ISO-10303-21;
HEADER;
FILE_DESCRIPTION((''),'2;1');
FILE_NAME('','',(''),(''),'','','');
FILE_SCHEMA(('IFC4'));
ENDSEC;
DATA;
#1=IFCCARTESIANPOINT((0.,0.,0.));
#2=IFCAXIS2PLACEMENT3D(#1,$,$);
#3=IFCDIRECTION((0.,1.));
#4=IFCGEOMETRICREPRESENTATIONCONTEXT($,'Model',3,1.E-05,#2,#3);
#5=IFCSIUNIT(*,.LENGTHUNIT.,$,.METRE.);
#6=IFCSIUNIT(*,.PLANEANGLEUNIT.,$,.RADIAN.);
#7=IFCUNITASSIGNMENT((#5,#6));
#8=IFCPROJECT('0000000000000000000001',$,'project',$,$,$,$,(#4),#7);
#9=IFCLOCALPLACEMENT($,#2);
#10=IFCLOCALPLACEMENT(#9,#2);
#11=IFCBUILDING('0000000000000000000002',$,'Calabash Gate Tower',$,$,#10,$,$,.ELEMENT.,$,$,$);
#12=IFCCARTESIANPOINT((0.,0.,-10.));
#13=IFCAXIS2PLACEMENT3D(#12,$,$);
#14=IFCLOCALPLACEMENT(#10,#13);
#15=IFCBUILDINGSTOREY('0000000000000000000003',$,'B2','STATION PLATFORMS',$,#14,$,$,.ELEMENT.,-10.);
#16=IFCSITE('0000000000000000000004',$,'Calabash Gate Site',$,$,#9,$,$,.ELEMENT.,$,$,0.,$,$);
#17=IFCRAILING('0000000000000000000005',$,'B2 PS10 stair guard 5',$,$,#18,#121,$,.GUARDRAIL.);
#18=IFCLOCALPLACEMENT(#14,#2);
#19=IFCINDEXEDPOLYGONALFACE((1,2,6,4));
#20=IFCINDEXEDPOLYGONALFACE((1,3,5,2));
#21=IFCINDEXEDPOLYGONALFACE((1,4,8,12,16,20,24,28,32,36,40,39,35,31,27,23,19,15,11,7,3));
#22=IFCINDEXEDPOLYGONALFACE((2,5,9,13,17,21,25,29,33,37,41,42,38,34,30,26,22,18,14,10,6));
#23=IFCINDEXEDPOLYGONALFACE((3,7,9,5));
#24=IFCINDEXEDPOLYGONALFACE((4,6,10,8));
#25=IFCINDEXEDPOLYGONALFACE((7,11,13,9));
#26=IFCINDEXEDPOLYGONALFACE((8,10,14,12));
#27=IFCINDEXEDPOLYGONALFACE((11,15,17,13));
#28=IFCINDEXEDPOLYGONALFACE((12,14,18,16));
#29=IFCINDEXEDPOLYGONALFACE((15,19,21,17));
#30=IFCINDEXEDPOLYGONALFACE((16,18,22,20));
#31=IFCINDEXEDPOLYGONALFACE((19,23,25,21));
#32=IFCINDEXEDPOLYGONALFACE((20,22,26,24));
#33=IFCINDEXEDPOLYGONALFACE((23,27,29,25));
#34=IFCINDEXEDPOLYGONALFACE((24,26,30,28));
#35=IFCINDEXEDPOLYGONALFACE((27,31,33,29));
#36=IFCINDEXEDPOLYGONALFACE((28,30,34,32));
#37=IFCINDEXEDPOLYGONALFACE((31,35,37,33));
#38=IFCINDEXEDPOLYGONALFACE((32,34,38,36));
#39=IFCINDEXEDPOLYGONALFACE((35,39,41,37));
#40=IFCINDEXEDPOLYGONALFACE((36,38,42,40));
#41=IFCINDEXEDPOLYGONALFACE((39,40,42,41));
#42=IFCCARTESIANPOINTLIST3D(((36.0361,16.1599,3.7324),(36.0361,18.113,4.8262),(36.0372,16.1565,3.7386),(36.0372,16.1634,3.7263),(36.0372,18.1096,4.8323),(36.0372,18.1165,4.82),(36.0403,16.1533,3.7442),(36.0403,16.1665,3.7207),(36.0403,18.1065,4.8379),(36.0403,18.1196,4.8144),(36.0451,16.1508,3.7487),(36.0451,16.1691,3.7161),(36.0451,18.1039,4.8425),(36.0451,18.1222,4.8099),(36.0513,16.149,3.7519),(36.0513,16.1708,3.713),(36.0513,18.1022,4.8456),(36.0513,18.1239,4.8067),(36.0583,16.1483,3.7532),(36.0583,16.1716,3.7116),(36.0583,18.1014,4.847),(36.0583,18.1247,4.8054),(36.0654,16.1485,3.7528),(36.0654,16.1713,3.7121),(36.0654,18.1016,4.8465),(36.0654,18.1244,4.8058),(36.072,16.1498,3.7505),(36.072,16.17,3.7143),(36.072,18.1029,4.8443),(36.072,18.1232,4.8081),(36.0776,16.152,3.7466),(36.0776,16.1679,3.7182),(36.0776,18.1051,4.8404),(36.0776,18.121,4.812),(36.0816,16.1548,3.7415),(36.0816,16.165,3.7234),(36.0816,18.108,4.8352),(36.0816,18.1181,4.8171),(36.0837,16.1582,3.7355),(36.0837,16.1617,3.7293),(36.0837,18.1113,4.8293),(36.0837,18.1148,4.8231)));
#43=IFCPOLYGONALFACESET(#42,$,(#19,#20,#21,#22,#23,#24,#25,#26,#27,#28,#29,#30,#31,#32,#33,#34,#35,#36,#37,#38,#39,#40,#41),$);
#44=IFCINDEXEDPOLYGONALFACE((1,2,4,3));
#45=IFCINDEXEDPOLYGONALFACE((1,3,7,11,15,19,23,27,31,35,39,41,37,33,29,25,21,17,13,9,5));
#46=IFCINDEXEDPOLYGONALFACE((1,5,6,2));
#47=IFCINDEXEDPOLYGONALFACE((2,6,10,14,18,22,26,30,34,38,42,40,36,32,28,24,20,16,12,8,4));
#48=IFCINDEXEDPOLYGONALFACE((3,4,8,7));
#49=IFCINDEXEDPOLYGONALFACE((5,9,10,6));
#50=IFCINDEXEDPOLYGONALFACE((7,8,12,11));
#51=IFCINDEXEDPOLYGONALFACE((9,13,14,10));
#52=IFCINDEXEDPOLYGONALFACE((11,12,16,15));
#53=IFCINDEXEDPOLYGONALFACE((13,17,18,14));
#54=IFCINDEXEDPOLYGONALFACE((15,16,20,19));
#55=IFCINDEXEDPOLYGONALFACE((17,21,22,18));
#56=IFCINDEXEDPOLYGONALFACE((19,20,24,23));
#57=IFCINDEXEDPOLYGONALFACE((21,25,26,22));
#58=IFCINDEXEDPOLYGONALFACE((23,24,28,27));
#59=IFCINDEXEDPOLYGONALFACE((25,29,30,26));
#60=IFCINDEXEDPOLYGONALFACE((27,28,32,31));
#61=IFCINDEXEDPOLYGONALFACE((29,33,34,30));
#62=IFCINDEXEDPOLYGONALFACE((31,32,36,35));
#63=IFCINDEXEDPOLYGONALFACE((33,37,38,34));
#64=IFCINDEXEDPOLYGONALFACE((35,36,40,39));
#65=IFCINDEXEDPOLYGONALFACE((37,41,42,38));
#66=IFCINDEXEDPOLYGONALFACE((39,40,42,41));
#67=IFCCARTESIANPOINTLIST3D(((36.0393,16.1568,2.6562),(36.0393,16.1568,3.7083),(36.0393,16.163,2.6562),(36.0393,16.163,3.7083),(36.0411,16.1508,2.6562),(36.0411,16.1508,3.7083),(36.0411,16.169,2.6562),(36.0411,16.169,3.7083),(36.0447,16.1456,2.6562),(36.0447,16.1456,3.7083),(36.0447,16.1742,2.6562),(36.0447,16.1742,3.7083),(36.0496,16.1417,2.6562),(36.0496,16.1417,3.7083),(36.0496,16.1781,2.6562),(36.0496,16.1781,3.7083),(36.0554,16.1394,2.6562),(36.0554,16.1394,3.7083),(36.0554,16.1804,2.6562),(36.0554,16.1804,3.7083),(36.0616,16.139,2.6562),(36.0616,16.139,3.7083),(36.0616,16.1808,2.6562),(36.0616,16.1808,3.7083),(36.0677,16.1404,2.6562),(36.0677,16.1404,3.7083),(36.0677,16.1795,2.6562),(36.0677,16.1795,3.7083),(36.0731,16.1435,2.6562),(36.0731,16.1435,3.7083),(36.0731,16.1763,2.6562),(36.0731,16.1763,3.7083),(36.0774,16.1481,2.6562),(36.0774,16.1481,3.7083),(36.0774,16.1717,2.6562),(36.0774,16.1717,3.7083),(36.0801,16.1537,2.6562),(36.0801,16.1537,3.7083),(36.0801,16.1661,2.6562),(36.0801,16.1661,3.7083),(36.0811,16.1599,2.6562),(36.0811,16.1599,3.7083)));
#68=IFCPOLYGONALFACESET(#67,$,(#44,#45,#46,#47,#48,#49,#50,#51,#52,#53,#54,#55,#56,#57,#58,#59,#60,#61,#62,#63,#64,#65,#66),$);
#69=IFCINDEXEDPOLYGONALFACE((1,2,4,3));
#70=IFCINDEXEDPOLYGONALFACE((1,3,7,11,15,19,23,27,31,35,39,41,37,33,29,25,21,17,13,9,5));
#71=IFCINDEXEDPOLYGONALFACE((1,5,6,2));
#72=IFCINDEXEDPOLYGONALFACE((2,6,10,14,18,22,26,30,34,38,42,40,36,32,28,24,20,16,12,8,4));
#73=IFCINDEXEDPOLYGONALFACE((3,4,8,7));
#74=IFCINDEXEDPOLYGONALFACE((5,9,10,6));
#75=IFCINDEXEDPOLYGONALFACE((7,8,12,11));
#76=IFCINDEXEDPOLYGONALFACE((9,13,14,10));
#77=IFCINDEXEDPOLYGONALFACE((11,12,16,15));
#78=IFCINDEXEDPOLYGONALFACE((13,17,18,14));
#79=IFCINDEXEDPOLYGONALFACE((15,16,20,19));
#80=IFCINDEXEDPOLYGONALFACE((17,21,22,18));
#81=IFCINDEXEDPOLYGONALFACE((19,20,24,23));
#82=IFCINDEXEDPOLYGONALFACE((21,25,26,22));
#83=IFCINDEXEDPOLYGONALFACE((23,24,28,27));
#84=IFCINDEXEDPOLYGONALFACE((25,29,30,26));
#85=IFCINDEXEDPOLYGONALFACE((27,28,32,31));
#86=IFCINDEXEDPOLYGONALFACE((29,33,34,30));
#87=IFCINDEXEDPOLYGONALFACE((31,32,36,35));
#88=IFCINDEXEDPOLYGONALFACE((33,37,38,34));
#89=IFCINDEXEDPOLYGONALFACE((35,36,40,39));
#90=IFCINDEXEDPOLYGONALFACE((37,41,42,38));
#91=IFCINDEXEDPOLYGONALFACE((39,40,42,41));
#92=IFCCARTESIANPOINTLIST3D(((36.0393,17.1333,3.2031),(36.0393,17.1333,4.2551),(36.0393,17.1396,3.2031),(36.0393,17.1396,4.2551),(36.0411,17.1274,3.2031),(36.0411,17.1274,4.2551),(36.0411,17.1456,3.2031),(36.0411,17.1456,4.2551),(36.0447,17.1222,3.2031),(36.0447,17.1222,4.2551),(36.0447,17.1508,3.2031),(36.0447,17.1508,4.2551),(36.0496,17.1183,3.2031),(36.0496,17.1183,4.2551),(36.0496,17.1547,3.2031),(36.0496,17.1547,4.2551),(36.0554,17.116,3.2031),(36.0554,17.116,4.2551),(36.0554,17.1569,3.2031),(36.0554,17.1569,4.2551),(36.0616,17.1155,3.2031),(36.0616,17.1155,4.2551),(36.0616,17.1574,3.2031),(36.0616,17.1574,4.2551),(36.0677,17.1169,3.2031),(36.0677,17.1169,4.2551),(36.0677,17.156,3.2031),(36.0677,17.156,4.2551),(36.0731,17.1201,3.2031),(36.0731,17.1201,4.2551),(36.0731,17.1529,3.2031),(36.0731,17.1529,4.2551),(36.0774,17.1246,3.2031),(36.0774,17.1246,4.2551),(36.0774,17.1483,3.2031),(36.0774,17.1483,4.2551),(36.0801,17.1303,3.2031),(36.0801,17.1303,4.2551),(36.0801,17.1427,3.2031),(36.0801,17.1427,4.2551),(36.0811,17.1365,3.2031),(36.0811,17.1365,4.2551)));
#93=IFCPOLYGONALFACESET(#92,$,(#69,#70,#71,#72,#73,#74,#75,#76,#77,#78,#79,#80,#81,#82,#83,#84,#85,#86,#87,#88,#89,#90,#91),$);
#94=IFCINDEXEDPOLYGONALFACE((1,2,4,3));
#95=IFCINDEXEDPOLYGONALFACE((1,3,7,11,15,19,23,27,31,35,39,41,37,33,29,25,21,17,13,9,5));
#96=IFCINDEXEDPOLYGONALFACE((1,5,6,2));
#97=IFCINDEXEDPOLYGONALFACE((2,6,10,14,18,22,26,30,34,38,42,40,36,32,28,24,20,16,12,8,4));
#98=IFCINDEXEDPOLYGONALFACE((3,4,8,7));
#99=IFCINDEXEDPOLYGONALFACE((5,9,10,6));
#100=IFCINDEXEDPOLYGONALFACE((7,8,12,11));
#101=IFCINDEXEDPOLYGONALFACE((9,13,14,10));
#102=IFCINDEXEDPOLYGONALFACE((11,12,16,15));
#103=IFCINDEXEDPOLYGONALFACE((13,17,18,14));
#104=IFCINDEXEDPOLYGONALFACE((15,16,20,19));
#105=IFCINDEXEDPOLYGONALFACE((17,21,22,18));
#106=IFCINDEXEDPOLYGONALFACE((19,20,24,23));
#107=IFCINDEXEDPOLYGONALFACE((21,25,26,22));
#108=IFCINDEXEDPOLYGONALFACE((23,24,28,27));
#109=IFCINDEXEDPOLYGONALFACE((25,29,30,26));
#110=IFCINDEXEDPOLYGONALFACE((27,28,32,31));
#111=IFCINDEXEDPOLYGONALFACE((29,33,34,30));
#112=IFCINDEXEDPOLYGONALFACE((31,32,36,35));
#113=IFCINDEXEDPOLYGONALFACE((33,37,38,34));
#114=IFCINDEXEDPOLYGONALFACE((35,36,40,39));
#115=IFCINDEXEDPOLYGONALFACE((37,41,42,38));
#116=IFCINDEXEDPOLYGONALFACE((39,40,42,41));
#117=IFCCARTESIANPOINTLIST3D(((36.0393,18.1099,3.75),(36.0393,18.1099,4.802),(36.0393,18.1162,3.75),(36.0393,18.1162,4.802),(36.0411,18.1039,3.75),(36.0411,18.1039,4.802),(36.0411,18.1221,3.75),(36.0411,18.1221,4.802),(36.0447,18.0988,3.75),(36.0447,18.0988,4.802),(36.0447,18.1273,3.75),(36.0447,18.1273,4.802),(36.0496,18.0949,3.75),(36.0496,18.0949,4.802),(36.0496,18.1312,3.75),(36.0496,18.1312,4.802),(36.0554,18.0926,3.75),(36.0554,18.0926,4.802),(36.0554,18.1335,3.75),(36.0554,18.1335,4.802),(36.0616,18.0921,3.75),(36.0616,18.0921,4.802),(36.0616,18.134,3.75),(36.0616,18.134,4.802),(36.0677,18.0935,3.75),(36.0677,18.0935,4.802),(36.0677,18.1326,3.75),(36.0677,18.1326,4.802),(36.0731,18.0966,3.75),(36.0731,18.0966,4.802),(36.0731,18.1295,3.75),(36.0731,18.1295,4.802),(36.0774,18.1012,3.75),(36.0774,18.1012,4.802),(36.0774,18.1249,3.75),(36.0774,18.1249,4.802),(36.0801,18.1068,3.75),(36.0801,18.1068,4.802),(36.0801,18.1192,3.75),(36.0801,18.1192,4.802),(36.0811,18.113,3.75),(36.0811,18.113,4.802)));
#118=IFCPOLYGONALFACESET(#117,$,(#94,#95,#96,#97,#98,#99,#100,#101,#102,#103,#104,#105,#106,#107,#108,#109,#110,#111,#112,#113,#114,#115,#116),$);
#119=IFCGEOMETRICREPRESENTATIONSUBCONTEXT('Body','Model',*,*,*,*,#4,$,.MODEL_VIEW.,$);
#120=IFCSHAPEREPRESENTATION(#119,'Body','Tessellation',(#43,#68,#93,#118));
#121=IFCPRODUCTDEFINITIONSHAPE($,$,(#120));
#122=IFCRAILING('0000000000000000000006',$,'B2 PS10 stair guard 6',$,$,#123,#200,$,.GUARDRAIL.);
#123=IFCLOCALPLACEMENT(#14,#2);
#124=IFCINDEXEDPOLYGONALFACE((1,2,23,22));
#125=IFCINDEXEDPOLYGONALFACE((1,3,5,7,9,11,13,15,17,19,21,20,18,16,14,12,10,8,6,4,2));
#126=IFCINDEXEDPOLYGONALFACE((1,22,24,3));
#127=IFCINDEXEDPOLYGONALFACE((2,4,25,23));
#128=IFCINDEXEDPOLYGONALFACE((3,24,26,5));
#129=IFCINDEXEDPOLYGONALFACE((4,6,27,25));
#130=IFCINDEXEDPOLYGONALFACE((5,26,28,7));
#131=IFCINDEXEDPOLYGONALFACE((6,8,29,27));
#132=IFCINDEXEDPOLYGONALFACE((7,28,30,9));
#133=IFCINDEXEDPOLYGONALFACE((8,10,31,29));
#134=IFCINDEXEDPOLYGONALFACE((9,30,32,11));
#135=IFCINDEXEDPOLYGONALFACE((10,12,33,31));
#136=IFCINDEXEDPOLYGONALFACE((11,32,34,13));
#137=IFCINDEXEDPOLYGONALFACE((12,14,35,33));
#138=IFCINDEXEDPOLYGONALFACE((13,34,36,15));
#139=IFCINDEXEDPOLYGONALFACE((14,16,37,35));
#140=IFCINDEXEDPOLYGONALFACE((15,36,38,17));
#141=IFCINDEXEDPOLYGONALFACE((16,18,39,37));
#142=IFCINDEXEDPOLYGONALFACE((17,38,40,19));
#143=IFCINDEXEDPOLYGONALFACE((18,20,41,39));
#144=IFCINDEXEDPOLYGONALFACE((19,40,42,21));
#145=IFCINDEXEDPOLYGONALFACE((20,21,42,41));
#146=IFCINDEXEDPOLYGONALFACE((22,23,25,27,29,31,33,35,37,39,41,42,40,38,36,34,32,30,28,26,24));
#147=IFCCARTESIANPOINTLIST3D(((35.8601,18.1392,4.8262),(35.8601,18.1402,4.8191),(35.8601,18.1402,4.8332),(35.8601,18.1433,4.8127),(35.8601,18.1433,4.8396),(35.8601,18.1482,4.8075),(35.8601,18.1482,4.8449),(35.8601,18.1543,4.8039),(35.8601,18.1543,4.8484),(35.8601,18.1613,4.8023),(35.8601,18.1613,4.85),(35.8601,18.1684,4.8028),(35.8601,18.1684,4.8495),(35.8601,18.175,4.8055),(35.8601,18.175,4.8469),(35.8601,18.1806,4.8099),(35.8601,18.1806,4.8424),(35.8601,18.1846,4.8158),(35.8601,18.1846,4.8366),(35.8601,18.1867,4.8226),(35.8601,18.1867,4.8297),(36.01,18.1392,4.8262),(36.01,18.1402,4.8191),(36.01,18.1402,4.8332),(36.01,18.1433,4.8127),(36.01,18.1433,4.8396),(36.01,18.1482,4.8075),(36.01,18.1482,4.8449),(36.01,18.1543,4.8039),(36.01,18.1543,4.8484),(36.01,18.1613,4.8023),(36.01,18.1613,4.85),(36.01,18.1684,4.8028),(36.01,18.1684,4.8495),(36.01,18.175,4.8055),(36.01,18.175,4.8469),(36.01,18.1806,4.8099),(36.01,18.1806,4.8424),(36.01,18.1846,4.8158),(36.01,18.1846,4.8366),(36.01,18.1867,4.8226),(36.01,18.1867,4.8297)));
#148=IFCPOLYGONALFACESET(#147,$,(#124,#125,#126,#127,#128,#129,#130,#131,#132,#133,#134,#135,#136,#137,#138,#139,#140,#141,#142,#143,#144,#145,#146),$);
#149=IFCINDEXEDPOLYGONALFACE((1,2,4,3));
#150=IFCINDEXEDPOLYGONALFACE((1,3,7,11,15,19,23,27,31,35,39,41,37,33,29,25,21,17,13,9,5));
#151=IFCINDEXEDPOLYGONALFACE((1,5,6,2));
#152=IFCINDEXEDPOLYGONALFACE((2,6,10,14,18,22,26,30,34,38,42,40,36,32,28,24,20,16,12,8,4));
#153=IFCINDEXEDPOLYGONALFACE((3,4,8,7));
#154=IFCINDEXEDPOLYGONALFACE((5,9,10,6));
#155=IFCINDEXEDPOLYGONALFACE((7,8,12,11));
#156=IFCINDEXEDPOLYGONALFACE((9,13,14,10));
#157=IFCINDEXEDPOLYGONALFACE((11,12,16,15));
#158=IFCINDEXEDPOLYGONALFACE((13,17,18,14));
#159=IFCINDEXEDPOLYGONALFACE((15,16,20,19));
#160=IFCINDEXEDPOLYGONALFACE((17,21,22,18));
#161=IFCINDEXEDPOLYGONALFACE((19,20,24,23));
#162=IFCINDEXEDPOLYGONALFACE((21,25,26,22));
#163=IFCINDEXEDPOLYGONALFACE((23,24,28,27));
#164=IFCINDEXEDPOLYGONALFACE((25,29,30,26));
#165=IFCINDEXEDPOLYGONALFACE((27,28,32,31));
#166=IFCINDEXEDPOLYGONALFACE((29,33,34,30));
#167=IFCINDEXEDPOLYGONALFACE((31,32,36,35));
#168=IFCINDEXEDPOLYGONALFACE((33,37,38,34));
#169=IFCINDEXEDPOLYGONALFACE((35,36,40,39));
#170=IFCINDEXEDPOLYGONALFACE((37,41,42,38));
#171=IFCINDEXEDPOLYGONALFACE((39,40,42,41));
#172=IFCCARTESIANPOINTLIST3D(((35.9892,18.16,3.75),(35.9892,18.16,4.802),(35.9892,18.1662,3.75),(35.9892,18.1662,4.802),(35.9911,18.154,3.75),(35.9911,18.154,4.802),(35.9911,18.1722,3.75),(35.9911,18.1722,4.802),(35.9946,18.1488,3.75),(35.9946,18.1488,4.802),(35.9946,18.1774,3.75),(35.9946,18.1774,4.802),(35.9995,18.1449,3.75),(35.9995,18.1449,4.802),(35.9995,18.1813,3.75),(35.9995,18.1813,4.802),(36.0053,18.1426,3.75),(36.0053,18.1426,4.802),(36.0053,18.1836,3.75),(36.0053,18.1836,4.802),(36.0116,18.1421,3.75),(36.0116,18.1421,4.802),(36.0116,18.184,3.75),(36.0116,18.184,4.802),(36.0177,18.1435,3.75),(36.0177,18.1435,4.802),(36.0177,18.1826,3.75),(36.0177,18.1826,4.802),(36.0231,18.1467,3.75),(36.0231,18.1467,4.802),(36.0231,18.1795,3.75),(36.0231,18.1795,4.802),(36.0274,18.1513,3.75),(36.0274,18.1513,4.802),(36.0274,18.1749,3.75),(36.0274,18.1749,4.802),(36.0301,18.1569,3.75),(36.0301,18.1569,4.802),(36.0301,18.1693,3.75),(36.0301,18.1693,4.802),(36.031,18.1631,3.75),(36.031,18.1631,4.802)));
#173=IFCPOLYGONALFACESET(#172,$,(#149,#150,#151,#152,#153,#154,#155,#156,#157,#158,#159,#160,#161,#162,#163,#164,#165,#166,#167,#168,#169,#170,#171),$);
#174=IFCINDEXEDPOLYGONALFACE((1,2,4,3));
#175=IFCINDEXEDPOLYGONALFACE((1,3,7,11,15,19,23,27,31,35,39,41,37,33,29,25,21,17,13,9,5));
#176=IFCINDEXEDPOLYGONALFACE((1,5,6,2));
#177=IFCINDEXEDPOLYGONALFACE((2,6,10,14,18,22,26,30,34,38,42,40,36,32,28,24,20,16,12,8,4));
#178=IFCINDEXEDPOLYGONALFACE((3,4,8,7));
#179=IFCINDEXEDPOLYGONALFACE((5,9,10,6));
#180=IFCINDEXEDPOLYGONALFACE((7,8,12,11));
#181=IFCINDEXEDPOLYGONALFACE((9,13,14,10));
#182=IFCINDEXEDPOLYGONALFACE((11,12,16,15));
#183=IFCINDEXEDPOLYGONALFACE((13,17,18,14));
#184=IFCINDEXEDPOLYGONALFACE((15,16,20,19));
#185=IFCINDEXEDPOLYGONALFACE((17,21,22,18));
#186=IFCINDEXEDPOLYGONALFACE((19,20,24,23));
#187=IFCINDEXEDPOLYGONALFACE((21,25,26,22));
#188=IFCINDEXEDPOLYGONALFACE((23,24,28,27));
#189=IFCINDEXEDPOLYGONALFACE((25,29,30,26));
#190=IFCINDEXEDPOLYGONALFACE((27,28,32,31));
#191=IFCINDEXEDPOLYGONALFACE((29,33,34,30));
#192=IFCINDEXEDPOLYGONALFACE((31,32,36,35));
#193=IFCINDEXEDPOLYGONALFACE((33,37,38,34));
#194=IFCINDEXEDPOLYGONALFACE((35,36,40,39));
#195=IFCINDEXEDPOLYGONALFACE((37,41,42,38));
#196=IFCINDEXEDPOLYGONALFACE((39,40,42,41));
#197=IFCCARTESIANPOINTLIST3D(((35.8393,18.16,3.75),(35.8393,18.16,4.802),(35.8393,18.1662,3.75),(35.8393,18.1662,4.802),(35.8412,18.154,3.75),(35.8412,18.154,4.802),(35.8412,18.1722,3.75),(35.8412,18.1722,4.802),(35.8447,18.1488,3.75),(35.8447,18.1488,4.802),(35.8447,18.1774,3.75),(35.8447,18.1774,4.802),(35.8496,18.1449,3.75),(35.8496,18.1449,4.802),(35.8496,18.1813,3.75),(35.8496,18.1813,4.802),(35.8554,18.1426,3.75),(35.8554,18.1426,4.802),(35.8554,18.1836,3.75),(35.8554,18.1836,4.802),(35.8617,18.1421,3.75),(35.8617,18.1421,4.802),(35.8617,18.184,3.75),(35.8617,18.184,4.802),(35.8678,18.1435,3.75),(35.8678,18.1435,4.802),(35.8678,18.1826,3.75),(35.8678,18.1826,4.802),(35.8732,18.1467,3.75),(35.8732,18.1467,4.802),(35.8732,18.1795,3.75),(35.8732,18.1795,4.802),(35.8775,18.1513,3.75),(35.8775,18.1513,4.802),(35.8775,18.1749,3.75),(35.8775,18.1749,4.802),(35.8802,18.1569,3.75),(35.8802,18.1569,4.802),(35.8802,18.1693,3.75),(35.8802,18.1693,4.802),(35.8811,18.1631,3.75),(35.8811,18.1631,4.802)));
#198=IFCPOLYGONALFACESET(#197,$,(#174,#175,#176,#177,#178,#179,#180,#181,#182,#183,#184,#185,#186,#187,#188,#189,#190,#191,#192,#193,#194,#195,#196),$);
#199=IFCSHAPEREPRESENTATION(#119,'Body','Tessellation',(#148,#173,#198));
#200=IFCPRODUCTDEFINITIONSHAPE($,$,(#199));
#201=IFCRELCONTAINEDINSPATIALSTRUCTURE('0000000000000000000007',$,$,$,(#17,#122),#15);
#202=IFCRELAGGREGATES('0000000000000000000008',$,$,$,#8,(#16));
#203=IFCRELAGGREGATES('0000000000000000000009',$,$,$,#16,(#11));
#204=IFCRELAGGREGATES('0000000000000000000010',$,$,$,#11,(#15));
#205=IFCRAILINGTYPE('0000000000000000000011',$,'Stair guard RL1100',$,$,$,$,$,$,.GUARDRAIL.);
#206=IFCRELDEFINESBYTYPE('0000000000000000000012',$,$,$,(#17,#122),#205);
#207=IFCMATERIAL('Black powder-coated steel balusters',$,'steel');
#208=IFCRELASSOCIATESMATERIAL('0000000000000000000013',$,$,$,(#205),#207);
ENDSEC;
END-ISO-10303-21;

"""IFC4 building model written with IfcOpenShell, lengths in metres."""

from ifc_helpers import new_model, si_unit, direction, frame, origin, origin_2d, place, context, subcontext, project, spatial, circle, extrude, material, type_object, element, save


model = new_model("IFC4")

# Units and contexts
model_context = context("Model", 3, precision=1e-05, world=origin(), true_north=direction((0.0, 1.0)))
body_context = subcontext(model_context, "Body", "Model", "MODEL_VIEW")
ifc_project = project(units=[si_unit("LENGTHUNIT", "METRE"), si_unit("PLANEANGLEUNIT", "RADIAN")], contexts=[model_context])

# Site, building, storey
site_placement = place(None, origin())
site = spatial("IfcSite", under=ifc_project, at=site_placement, Name="Calabash Gate Site", CompositionType="ELEMENT", RefElevation=0.0)
building_placement = place(site_placement, origin())
building = spatial("IfcBuilding", under=site, at=building_placement, Name="Calabash Gate Tower", CompositionType="ELEMENT")
storey_placement = place(building_placement, frame((0.0, 0.0, -10.0)))
storey = spatial("IfcBuildingStorey", under=building, at=storey_placement, Name="B2", Description="STATION PLATFORMS", CompositionType="ELEMENT", Elevation=-10.0)

# Railings
ifc_material_1 = material(Name="Black powder-coated steel balusters", Category="steel")
railing_type_1 = type_object("IfcRailingType", Name="Stair guard RL1100", PredefinedType="GUARDRAIL", material=ifc_material_1)
railing_1_placement = place(storey_placement, frame((36.0601, 16.1599, 2.6562)))
element("IfcRailing", 1, at=railing_1_placement, inside=storey, type_object=railing_type_1, Name="B2 PS10 stair guard 5", PredefinedType="GUARDRAIL", context=body_context, shape_type="SweptSolid", body=[
    extrude(circle(Radius=0.0239, at=origin_2d()), frame((0.0, 0.0, 1.0762), z_axis=(0.0, 0.872506, 0.488603), x_axis=(-1.0, 0.0, 0.0)), (0.0, 0.0, 1.0), 2.2385),
    extrude(circle(Radius=0.021, at=origin_2d()), origin(), (0.0, 0.0, 1.0), 1.052),
    extrude(circle(Radius=0.021, at=origin_2d()), frame((0.0, 0.9766, 0.5469)), (0.0, 0.0, 1.0), 1.052),
    extrude(circle(Radius=0.021, at=origin_2d()), frame((0.0, 1.9531, 1.0938)), (0.0, 0.0, 1.0), 1.052),
])
railing_2_placement = place(storey_placement, frame((36.01, 18.1631, 3.75)))
element("IfcRailing", 2, at=railing_2_placement, inside=storey, type_object=railing_type_1, Name="B2 PS10 stair guard 6", PredefinedType="GUARDRAIL", context=body_context, shape_type="SweptSolid", body=[
    extrude(circle(Radius=0.0239, at=origin_2d()), frame((0.0, 0.0, 1.0762), z_axis=(-1.0, 0.0, 0.0), x_axis=(0.0, -1.0, 0.0)), (0.0, 0.0, 1.0), 0.1499),
    extrude(circle(Radius=0.021, at=origin_2d()), origin(), (0.0, 0.0, 1.0), 1.052),
    extrude(circle(Radius=0.021, at=origin_2d()), frame((-0.1499, 0.0, 0.0)), (0.0, 0.0, 1.0), 1.052),
])

save(model, "model.ifc")
